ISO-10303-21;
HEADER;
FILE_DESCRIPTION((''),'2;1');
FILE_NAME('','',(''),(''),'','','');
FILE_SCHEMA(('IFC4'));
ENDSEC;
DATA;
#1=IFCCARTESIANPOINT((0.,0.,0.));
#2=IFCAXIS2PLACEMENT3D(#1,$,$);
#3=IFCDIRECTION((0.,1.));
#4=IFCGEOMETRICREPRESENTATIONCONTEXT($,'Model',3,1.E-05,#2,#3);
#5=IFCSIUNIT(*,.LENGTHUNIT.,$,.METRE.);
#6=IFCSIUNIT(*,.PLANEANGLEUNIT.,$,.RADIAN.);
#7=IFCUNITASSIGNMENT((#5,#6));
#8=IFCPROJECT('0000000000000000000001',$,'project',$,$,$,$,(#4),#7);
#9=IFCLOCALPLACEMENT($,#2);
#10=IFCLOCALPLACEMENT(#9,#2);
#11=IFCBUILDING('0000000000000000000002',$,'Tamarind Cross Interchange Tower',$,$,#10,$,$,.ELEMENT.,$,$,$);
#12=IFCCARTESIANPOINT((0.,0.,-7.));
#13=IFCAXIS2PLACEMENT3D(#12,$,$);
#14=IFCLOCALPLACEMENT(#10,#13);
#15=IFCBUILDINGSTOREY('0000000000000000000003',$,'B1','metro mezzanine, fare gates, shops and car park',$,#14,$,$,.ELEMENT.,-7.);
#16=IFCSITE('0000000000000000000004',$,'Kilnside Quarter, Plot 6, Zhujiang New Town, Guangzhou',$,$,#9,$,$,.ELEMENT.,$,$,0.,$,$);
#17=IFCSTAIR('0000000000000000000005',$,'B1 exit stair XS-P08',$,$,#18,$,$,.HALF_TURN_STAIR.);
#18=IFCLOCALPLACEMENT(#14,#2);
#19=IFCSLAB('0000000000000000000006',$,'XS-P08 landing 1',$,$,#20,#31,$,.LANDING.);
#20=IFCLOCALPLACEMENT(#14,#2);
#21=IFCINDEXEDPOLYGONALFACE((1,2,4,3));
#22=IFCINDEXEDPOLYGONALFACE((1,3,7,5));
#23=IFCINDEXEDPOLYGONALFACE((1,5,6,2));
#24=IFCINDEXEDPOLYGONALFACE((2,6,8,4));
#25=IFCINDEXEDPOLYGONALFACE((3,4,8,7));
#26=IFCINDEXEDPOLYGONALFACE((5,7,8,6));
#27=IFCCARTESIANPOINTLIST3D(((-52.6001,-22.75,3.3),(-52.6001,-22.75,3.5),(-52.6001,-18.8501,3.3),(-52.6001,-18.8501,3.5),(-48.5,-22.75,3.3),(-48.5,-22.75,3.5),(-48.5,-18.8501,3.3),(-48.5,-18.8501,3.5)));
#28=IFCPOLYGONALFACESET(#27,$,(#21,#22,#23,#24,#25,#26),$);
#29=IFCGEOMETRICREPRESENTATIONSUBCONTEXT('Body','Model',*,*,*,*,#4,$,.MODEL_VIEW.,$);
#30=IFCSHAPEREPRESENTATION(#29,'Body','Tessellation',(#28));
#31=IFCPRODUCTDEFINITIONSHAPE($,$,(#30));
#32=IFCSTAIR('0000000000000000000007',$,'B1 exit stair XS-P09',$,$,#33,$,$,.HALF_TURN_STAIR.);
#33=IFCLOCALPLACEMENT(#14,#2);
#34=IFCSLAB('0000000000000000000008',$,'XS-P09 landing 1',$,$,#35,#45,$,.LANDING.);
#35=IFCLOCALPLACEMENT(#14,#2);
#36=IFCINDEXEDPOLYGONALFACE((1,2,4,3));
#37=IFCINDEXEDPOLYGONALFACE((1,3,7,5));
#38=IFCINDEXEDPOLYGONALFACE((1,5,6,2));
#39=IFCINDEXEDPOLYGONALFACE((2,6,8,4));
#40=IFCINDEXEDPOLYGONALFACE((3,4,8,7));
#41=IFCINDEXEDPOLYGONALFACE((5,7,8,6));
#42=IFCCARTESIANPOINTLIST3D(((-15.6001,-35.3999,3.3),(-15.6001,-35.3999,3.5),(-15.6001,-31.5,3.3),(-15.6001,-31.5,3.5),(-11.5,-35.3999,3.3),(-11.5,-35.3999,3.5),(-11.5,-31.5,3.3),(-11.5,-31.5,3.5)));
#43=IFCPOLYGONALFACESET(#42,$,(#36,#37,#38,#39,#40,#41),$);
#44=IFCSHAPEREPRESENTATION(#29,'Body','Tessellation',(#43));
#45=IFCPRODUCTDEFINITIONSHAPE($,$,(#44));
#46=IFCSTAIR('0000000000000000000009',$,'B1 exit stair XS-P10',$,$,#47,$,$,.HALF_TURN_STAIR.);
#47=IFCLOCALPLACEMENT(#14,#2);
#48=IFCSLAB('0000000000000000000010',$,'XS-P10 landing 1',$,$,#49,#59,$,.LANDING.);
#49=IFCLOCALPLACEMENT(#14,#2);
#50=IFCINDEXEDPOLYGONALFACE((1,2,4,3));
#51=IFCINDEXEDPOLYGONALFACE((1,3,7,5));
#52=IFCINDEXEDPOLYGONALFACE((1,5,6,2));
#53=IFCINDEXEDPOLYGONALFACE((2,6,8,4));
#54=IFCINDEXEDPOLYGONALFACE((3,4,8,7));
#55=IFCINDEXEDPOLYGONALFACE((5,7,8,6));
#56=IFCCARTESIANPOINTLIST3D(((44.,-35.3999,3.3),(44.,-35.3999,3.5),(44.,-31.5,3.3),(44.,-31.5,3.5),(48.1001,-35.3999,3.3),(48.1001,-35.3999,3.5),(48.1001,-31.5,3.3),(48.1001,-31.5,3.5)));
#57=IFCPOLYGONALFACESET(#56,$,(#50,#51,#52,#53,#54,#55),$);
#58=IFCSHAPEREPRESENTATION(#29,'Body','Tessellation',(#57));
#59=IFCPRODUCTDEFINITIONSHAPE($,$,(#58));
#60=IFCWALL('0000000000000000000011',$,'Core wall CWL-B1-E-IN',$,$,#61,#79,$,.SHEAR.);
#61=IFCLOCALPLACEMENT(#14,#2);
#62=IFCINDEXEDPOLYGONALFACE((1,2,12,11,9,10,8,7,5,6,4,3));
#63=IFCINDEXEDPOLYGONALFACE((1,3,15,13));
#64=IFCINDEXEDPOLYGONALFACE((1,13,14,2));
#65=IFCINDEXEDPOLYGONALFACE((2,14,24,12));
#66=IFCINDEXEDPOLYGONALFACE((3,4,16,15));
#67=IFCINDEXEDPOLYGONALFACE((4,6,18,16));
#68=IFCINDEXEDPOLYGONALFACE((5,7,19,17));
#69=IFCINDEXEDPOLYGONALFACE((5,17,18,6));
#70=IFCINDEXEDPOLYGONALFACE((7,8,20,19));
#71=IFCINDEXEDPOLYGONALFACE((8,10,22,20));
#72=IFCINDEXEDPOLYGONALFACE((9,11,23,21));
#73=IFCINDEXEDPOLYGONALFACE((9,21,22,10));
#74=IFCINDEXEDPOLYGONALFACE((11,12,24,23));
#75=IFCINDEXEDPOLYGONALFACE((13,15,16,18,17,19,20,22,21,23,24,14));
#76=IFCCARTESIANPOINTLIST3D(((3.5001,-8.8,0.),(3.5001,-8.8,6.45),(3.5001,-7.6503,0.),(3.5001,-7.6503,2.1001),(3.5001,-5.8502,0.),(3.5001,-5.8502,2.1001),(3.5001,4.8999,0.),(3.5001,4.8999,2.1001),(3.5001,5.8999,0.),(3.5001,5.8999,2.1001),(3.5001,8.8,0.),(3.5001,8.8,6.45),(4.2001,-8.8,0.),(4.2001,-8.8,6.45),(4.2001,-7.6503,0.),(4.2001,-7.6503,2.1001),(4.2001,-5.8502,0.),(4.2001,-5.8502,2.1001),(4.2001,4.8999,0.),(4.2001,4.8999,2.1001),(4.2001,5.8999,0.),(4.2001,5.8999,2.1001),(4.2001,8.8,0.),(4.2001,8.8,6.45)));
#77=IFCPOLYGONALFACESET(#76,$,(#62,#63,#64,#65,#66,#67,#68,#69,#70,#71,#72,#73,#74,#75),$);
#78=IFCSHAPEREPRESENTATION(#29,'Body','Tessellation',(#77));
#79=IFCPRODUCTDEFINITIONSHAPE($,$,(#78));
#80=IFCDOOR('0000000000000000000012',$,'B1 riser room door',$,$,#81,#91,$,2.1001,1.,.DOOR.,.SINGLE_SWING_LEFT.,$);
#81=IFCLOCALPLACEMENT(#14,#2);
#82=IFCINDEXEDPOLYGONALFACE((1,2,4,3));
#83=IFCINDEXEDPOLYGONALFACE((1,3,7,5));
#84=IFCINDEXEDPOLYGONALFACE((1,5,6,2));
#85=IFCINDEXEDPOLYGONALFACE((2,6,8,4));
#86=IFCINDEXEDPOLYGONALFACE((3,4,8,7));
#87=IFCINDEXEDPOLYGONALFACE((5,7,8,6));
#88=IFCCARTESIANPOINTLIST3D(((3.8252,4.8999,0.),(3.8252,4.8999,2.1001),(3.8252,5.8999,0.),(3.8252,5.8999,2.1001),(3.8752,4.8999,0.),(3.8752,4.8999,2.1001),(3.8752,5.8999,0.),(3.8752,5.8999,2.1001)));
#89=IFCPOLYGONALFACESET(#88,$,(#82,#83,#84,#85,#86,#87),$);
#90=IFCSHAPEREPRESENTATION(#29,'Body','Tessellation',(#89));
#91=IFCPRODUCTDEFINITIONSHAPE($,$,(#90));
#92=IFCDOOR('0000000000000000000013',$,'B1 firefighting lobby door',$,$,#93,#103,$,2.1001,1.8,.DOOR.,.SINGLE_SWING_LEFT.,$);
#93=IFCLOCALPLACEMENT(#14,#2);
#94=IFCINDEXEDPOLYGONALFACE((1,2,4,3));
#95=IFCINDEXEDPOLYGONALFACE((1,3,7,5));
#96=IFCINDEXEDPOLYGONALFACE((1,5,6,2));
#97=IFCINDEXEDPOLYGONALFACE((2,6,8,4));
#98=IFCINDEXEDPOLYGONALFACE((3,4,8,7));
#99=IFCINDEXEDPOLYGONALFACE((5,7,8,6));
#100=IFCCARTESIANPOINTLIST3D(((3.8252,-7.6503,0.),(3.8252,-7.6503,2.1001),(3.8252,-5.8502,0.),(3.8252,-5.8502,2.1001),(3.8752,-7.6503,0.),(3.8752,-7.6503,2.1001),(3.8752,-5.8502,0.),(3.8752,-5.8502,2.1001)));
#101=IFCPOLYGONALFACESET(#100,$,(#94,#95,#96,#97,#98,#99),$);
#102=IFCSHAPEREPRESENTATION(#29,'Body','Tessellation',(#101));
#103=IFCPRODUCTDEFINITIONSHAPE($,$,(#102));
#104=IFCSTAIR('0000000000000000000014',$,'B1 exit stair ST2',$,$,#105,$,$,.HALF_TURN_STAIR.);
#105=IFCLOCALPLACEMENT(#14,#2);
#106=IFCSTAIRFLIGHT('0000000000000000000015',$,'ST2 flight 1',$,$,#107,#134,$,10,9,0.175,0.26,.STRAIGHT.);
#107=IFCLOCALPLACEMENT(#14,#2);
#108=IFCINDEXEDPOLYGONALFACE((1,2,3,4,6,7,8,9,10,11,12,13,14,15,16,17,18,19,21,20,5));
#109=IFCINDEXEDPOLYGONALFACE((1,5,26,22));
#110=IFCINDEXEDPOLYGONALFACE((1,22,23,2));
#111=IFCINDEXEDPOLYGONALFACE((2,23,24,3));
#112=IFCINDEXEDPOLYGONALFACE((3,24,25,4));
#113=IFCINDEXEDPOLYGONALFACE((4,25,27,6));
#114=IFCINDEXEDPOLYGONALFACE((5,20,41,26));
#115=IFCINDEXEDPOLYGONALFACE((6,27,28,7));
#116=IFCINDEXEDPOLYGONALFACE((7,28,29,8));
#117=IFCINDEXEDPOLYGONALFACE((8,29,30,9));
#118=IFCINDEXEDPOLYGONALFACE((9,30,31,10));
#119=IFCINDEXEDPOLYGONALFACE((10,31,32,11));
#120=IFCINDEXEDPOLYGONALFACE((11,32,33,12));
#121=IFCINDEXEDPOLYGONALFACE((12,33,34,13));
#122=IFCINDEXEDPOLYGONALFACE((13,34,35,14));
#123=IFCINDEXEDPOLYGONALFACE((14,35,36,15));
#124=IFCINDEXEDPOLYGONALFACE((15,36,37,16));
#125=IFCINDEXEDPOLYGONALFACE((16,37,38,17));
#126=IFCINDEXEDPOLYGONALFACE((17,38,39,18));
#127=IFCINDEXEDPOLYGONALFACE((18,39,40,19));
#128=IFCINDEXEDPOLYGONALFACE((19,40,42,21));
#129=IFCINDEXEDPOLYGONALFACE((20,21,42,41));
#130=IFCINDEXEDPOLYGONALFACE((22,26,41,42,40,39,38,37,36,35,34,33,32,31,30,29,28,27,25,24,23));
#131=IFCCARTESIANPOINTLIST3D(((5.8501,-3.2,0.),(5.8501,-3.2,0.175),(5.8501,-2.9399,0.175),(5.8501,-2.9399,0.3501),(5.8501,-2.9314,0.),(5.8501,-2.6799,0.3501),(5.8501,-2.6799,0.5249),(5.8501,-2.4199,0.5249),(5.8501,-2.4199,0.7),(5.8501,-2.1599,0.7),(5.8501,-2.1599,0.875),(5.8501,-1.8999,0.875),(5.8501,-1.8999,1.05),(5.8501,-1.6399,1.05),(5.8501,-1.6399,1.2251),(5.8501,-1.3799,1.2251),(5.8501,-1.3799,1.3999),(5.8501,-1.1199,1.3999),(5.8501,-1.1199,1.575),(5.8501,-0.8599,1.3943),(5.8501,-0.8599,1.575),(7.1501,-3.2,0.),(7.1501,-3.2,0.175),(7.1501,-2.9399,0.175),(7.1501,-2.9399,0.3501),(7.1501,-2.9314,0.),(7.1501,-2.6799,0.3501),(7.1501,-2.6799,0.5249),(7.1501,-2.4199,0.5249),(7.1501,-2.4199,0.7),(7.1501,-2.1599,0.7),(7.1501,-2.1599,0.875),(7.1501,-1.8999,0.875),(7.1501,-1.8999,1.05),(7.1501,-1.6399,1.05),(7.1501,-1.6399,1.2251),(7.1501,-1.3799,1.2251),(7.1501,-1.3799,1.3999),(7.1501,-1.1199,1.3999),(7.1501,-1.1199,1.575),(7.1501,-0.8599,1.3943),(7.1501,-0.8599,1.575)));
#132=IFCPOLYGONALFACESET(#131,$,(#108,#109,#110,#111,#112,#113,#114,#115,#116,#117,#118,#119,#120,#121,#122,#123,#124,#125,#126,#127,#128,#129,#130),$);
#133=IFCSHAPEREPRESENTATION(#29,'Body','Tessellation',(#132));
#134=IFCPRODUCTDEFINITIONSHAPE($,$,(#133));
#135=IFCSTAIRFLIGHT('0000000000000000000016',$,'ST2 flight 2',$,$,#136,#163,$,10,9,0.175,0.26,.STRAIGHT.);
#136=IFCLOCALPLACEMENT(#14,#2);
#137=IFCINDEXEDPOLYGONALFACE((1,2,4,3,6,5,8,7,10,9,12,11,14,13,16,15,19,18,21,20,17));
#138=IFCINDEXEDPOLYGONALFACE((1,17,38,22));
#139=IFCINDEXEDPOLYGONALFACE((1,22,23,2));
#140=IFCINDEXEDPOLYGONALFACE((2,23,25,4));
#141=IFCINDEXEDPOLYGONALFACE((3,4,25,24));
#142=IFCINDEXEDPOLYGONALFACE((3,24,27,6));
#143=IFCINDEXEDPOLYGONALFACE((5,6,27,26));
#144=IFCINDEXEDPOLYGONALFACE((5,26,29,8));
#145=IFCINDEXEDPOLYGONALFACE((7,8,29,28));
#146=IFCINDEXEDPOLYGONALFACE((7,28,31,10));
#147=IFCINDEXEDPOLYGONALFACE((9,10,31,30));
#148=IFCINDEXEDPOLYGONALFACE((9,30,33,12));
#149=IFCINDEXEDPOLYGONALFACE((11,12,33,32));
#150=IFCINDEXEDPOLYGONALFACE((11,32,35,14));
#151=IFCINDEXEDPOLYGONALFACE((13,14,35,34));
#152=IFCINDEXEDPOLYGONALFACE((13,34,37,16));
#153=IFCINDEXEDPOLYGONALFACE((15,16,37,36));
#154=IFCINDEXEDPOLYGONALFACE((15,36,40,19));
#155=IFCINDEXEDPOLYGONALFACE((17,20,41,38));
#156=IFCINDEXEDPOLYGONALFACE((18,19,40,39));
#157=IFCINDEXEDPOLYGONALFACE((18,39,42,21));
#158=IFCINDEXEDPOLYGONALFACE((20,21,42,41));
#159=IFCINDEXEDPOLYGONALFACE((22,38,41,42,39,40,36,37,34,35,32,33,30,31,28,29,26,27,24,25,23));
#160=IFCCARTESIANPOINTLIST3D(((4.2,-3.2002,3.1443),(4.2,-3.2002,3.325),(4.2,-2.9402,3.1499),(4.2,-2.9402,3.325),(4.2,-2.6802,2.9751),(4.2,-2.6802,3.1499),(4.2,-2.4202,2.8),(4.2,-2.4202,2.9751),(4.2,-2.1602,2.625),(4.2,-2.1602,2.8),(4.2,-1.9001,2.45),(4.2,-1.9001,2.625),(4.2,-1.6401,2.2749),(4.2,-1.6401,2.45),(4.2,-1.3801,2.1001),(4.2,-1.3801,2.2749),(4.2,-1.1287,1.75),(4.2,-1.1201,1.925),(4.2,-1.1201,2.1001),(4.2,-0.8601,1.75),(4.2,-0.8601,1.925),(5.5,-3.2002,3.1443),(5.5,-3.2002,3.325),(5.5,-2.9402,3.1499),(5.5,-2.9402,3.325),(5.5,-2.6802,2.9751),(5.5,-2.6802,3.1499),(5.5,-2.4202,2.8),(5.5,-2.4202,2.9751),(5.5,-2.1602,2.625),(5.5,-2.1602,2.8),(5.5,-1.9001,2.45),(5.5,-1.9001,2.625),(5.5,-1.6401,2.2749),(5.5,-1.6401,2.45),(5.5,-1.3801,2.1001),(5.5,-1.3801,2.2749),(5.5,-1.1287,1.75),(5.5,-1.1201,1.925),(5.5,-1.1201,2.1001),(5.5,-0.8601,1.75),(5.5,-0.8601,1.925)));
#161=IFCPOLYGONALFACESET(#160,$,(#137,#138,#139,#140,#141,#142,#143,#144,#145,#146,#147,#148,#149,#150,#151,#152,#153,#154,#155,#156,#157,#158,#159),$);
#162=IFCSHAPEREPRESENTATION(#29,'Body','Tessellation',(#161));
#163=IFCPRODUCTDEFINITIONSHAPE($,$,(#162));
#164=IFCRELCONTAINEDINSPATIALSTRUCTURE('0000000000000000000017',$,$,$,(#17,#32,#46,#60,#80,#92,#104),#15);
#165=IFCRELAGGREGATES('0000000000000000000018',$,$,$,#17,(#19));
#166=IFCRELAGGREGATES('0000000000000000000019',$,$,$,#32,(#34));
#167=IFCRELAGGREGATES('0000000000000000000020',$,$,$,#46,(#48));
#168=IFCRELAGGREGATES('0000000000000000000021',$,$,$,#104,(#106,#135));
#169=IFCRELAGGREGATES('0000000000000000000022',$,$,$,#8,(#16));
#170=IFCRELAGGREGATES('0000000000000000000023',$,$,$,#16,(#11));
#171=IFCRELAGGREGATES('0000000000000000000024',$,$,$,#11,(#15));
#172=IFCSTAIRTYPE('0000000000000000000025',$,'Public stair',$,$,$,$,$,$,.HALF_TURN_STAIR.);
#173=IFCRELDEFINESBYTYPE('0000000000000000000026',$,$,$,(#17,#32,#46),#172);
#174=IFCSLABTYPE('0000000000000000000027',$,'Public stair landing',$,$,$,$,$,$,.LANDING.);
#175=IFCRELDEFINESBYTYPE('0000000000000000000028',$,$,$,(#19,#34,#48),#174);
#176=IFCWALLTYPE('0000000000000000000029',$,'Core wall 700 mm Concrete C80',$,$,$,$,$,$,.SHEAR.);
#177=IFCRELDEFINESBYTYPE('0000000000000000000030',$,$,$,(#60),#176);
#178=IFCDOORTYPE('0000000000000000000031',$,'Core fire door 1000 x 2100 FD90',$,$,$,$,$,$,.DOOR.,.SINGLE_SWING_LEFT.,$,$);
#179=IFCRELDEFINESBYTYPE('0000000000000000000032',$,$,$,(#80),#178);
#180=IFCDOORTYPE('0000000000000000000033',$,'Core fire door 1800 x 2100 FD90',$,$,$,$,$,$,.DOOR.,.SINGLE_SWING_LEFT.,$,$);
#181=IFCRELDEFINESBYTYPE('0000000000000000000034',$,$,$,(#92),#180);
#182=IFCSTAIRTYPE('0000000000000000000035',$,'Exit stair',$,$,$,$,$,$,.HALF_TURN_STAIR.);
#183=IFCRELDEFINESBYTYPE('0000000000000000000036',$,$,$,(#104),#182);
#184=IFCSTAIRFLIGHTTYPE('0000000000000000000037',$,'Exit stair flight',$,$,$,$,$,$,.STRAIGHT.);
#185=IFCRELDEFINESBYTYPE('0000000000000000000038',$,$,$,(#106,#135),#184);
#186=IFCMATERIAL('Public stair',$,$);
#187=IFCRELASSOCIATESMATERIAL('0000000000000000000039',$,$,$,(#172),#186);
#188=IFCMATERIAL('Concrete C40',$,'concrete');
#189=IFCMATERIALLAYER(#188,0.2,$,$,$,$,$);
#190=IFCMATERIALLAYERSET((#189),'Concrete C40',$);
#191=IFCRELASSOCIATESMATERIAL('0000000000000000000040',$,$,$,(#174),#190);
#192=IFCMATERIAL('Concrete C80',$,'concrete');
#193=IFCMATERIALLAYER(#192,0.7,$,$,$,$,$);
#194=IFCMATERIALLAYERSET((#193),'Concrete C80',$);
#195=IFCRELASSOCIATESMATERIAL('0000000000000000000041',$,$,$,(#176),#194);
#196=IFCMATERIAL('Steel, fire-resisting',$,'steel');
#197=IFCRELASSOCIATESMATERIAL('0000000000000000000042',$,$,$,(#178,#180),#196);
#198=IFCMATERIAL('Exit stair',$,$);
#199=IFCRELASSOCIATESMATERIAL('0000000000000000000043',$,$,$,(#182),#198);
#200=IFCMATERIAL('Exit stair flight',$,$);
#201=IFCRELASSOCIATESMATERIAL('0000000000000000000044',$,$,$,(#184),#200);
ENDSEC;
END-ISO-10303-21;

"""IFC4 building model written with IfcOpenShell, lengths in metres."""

from ifc_helpers import new_model, si_unit, direction, frame, frame_2d, origin, place, context, subcontext, project, spatial, polyline, rectangle, outline, extrude, material, layer, layer_set, type_object, element, fill, aggregate, save


model = new_model("IFC4")

# Units and contexts
model_context = context("Model", 3, precision=1e-05, world=origin(), true_north=direction((0.0, 1.0)))
body_context = subcontext(model_context, "Body", "Model", "MODEL_VIEW")
ifc_project = project(units=[si_unit("LENGTHUNIT", "METRE"), si_unit("PLANEANGLEUNIT", "RADIAN")], contexts=[model_context])

# Site, building, storey
site_placement = place(None, origin())
site = spatial("IfcSite", under=ifc_project, at=site_placement, Name="Kilnside Quarter, Plot 6, Zhujiang New Town, Guangzhou", CompositionType="ELEMENT", RefElevation=0.0)
building_placement = place(site_placement, origin())
building = spatial("IfcBuilding", under=site, at=building_placement, Name="Tamarind Cross Interchange Tower", CompositionType="ELEMENT")
storey_placement = place(building_placement, frame((0.0, 0.0, -7.0)))
storey = spatial("IfcBuildingStorey", under=building, at=storey_placement, Name="B1", Description="metro mezzanine, fare gates, shops and car park", CompositionType="ELEMENT", Elevation=-7.0)

# Stairs, slabs
ifc_material_1 = material(Name="Public stair")
stair_type_1 = type_object("IfcStairType", Name="Public stair", PredefinedType="HALF_TURN_STAIR", material=ifc_material_1)
stair_1_placement = place(storey_placement, origin())
stair_1 = element("IfcStair", 1, at=stair_1_placement, inside=storey, type_object=stair_type_1, Name="B1 exit stair XS-P08", PredefinedType="HALF_TURN_STAIR")
ifc_material_2 = material(Name="Concrete C40", Category="concrete")
ifc_layer_1 = layer(ifc_material_2, 0.2)
ifc_layer_set_1 = layer_set([ifc_layer_1], Name="Concrete C40")
slab_type = type_object("IfcSlabType", Name="Public stair landing", PredefinedType="LANDING", material=ifc_layer_set_1)
slab_1_placement = place(storey_placement, frame((0.0, 0.0, 3.3)))
slab_1 = element("IfcSlab", 2, at=slab_1_placement, type_object=slab_type, Name="XS-P08 landing 1", PredefinedType="LANDING", context=body_context, shape_type="SweptSolid", body=[
    extrude(outline(polyline([(-52.6001, -22.75), (-48.5, -22.75), (-48.5, -18.8501), (-52.6001, -18.8501), (-52.6001, -22.75)])), origin(), (0.0, 0.0, 1.0), 0.2),
])
aggregate(stair_1, [slab_1])
stair_2_placement = place(storey_placement, origin())
stair_2 = element("IfcStair", 3, at=stair_2_placement, inside=storey, type_object=stair_type_1, Name="B1 exit stair XS-P09", PredefinedType="HALF_TURN_STAIR")
slab_2_placement = place(storey_placement, frame((0.0, 0.0, 3.3)))
slab_2 = element("IfcSlab", 4, at=slab_2_placement, type_object=slab_type, Name="XS-P09 landing 1", PredefinedType="LANDING", context=body_context, shape_type="SweptSolid", body=[
    extrude(outline(polyline([(-15.6001, -35.3999), (-11.5, -35.3999), (-11.5, -31.5), (-15.6001, -31.5), (-15.6001, -35.3999)])), origin(), (0.0, 0.0, 1.0), 0.2),
])
aggregate(stair_2, [slab_2])
stair_3_placement = place(storey_placement, origin())
stair_3 = element("IfcStair", 5, at=stair_3_placement, inside=storey, type_object=stair_type_1, Name="B1 exit stair XS-P10", PredefinedType="HALF_TURN_STAIR")
slab_3_placement = place(storey_placement, frame((0.0, 0.0, 3.3)))
slab_3 = element("IfcSlab", 6, at=slab_3_placement, type_object=slab_type, Name="XS-P10 landing 1", PredefinedType="LANDING", context=body_context, shape_type="SweptSolid", body=[
    extrude(outline(polyline([(48.1001, -31.5), (44.0, -31.5), (44.0, -35.3999), (48.1001, -35.3999), (48.1001, -31.5)])), origin(), (0.0, 0.0, 1.0), 0.2),
])
aggregate(stair_3, [slab_3])

# Wall, openings, doors
ifc_material_3 = material(Name="Concrete C80", Category="concrete")
ifc_layer_2 = layer(ifc_material_3, 0.7)
ifc_layer_set_2 = layer_set([ifc_layer_2], Name="Concrete C80")
wall_type = type_object("IfcWallType", Name="Core wall 700 mm Concrete C80", PredefinedType="SHEAR", material=ifc_layer_set_2)
wall_placement = place(storey_placement, frame((3.8501, -8.8, 0.0), z_axis=(0.0, 0.0, 1.0), x_axis=(0.0, 1.0, 0.0)))
wall = element("IfcWall", 7, at=wall_placement, inside=storey, type_object=wall_type, Name="Core wall CWL-B1-E-IN", PredefinedType="SHEAR", context=body_context, shape_type="SweptSolid", body=[
    extrude(rectangle(XDim=17.6001, YDim=0.7, at=frame_2d((8.8, 0.0))), origin(), (0.0, 0.0, 1.0), 6.45),
])
opening_1_placement = place(wall_placement, frame((1.1499, 0.0, 0.0)))
opening_1 = element("IfcOpeningElement", 8, at=opening_1_placement, cuts=wall, PredefinedType="OPENING", context=body_context, shape_type="SweptSolid", body=[
    extrude(rectangle(XDim=1.8, YDim=2.1001, at=frame_2d((0.8999, 1.05))), frame((0.0, 0.3599, 0.0), z_axis=(0.0, -1.0, 0.0), x_axis=(1.0, 0.0, 0.0)), (0.0, 0.0, 1.0), 0.72),
])
opening_2_placement = place(wall_placement, frame((13.7, 0.0, 0.0)))
opening_2 = element("IfcOpeningElement", 9, at=opening_2_placement, cuts=wall, PredefinedType="OPENING", context=body_context, shape_type="SweptSolid", body=[
    extrude(rectangle(XDim=1.0, YDim=2.1001, at=frame_2d((0.5, 1.05))), frame((0.0, 0.3599, 0.0), z_axis=(0.0, -1.0, 0.0), x_axis=(1.0, 0.0, 0.0)), (0.0, 0.0, 1.0), 0.72),
])
ifc_material_4 = material(Name="Steel, fire-resisting", Category="steel")
door_type_1 = type_object("IfcDoorType", Name="Core fire door 1000 x 2100 FD90", OperationType="SINGLE_SWING_LEFT", PredefinedType="DOOR", material=ifc_material_4)
door_1_placement = place(opening_2_placement, origin())
door_1 = element("IfcDoor", 10, at=door_1_placement, inside=storey, type_object=door_type_1, Name="B1 riser room door", OperationType="SINGLE_SWING_LEFT", OverallHeight=2.1001, OverallWidth=1.0, PredefinedType="DOOR", context=body_context, shape_type="SweptSolid", body=[
    extrude(rectangle(XDim=1.0, YDim=2.1001, at=frame_2d((0.5, 1.05))), frame((0.0, 0.0249, 0.0), z_axis=(0.0, -1.0, 0.0), x_axis=(1.0, 0.0, 0.0)), (0.0, 0.0, 1.0), 0.05),
])
fill(opening_2, door_1)
door_type_2 = type_object("IfcDoorType", Name="Core fire door 1800 x 2100 FD90", OperationType="SINGLE_SWING_LEFT", PredefinedType="DOOR", material=ifc_material_4)
door_2_placement = place(opening_1_placement, origin())
door_2 = element("IfcDoor", 11, at=door_2_placement, inside=storey, type_object=door_type_2, Name="B1 firefighting lobby door", OperationType="SINGLE_SWING_LEFT", OverallHeight=2.1001, OverallWidth=1.8, PredefinedType="DOOR", context=body_context, shape_type="SweptSolid", body=[
    extrude(rectangle(XDim=1.8, YDim=2.1001, at=frame_2d((0.8999, 1.05))), frame((0.0, 0.0249, 0.0), z_axis=(0.0, -1.0, 0.0), x_axis=(1.0, 0.0, 0.0)), (0.0, 0.0, 1.0), 0.05),
])
fill(opening_1, door_2)

# Stair, stair flights
ifc_material_5 = material(Name="Exit stair")
stair_type_2 = type_object("IfcStairType", Name="Exit stair", PredefinedType="HALF_TURN_STAIR", material=ifc_material_5)
stair_4_placement = place(storey_placement, origin())
stair_4 = element("IfcStair", 12, at=stair_4_placement, inside=storey, type_object=stair_type_2, Name="B1 exit stair ST2", PredefinedType="HALF_TURN_STAIR")
ifc_material_6 = material(Name="Exit stair flight")
stair_flight_type = type_object("IfcStairFlightType", Name="Exit stair flight", PredefinedType="STRAIGHT", material=ifc_material_6)
stair_flight_1_placement = place(storey_placement, frame((6.5, -3.2, 0.0), z_axis=(0.0, 0.0, 1.0), x_axis=(0.0, 1.0, 0.0)))
stair_flight_1 = element("IfcStairFlight", 13, at=stair_flight_1_placement, type_object=stair_flight_type, Name="ST2 flight 1", NumberOfRisers=10, NumberOfTreads=9, PredefinedType="STRAIGHT", RiserHeight=0.175, TreadLength=0.26, context=body_context, shape_type="SweptSolid", body=[
    extrude(outline(polyline([(0.0, 0.0), (0.0, 0.175), (0.26, 0.175), (0.26, 0.3501), (0.52, 0.3501), (0.52, 0.5249), (0.78, 0.5249), (0.78, 0.7), (1.04, 0.7), (1.04, 0.875), (1.3, 0.875), (1.3, 1.05), (1.5601, 1.05), (1.5601, 1.2251), (1.8201, 1.2251), (1.8201, 1.3999), (2.0801, 1.3999), (2.0801, 1.575), (2.3401, 1.575), (2.3401, 1.75), (2.3401, 1.3943), (0.2686, 0.0), (0.0, 0.0)])), frame((0.0, 0.6499, 0.0), z_axis=(0.0, -1.0, 0.0), x_axis=(1.0, 0.0, 0.0)), (0.0, 0.0, 1.0), 1.3),
])
stair_flight_2_placement = place(storey_placement, frame((4.8501, -0.8601, 1.75), z_axis=(0.0, 0.0, 1.0), x_axis=(0.0, -1.0, 0.0)))
stair_flight_2 = element("IfcStairFlight", 14, at=stair_flight_2_placement, type_object=stair_flight_type, Name="ST2 flight 2", NumberOfRisers=10, NumberOfTreads=9, PredefinedType="STRAIGHT", RiserHeight=0.175, TreadLength=0.26, context=body_context, shape_type="SweptSolid", body=[
    extrude(outline(polyline([(0.0, 0.0), (0.0, 0.175), (0.26, 0.175), (0.26, 0.3501), (0.52, 0.3501), (0.52, 0.5249), (0.78, 0.5249), (0.78, 0.7), (1.04, 0.7), (1.04, 0.875), (1.3, 0.875), (1.3, 1.05), (1.5601, 1.05), (1.5601, 1.2251), (1.8201, 1.2251), (1.8201, 1.3999), (2.0801, 1.3999), (2.0801, 1.575), (2.3401, 1.575), (2.3401, 1.75), (2.3401, 1.3943), (0.2686, 0.0), (0.0, 0.0)])), frame((0.0, 0.6499, 0.0), z_axis=(0.0, -1.0, 0.0), x_axis=(1.0, 0.0, 0.0)), (0.0, 0.0, 1.0), 1.3),
])
aggregate(stair_4, [stair_flight_1, stair_flight_2])

save(model, "model.ifc")
